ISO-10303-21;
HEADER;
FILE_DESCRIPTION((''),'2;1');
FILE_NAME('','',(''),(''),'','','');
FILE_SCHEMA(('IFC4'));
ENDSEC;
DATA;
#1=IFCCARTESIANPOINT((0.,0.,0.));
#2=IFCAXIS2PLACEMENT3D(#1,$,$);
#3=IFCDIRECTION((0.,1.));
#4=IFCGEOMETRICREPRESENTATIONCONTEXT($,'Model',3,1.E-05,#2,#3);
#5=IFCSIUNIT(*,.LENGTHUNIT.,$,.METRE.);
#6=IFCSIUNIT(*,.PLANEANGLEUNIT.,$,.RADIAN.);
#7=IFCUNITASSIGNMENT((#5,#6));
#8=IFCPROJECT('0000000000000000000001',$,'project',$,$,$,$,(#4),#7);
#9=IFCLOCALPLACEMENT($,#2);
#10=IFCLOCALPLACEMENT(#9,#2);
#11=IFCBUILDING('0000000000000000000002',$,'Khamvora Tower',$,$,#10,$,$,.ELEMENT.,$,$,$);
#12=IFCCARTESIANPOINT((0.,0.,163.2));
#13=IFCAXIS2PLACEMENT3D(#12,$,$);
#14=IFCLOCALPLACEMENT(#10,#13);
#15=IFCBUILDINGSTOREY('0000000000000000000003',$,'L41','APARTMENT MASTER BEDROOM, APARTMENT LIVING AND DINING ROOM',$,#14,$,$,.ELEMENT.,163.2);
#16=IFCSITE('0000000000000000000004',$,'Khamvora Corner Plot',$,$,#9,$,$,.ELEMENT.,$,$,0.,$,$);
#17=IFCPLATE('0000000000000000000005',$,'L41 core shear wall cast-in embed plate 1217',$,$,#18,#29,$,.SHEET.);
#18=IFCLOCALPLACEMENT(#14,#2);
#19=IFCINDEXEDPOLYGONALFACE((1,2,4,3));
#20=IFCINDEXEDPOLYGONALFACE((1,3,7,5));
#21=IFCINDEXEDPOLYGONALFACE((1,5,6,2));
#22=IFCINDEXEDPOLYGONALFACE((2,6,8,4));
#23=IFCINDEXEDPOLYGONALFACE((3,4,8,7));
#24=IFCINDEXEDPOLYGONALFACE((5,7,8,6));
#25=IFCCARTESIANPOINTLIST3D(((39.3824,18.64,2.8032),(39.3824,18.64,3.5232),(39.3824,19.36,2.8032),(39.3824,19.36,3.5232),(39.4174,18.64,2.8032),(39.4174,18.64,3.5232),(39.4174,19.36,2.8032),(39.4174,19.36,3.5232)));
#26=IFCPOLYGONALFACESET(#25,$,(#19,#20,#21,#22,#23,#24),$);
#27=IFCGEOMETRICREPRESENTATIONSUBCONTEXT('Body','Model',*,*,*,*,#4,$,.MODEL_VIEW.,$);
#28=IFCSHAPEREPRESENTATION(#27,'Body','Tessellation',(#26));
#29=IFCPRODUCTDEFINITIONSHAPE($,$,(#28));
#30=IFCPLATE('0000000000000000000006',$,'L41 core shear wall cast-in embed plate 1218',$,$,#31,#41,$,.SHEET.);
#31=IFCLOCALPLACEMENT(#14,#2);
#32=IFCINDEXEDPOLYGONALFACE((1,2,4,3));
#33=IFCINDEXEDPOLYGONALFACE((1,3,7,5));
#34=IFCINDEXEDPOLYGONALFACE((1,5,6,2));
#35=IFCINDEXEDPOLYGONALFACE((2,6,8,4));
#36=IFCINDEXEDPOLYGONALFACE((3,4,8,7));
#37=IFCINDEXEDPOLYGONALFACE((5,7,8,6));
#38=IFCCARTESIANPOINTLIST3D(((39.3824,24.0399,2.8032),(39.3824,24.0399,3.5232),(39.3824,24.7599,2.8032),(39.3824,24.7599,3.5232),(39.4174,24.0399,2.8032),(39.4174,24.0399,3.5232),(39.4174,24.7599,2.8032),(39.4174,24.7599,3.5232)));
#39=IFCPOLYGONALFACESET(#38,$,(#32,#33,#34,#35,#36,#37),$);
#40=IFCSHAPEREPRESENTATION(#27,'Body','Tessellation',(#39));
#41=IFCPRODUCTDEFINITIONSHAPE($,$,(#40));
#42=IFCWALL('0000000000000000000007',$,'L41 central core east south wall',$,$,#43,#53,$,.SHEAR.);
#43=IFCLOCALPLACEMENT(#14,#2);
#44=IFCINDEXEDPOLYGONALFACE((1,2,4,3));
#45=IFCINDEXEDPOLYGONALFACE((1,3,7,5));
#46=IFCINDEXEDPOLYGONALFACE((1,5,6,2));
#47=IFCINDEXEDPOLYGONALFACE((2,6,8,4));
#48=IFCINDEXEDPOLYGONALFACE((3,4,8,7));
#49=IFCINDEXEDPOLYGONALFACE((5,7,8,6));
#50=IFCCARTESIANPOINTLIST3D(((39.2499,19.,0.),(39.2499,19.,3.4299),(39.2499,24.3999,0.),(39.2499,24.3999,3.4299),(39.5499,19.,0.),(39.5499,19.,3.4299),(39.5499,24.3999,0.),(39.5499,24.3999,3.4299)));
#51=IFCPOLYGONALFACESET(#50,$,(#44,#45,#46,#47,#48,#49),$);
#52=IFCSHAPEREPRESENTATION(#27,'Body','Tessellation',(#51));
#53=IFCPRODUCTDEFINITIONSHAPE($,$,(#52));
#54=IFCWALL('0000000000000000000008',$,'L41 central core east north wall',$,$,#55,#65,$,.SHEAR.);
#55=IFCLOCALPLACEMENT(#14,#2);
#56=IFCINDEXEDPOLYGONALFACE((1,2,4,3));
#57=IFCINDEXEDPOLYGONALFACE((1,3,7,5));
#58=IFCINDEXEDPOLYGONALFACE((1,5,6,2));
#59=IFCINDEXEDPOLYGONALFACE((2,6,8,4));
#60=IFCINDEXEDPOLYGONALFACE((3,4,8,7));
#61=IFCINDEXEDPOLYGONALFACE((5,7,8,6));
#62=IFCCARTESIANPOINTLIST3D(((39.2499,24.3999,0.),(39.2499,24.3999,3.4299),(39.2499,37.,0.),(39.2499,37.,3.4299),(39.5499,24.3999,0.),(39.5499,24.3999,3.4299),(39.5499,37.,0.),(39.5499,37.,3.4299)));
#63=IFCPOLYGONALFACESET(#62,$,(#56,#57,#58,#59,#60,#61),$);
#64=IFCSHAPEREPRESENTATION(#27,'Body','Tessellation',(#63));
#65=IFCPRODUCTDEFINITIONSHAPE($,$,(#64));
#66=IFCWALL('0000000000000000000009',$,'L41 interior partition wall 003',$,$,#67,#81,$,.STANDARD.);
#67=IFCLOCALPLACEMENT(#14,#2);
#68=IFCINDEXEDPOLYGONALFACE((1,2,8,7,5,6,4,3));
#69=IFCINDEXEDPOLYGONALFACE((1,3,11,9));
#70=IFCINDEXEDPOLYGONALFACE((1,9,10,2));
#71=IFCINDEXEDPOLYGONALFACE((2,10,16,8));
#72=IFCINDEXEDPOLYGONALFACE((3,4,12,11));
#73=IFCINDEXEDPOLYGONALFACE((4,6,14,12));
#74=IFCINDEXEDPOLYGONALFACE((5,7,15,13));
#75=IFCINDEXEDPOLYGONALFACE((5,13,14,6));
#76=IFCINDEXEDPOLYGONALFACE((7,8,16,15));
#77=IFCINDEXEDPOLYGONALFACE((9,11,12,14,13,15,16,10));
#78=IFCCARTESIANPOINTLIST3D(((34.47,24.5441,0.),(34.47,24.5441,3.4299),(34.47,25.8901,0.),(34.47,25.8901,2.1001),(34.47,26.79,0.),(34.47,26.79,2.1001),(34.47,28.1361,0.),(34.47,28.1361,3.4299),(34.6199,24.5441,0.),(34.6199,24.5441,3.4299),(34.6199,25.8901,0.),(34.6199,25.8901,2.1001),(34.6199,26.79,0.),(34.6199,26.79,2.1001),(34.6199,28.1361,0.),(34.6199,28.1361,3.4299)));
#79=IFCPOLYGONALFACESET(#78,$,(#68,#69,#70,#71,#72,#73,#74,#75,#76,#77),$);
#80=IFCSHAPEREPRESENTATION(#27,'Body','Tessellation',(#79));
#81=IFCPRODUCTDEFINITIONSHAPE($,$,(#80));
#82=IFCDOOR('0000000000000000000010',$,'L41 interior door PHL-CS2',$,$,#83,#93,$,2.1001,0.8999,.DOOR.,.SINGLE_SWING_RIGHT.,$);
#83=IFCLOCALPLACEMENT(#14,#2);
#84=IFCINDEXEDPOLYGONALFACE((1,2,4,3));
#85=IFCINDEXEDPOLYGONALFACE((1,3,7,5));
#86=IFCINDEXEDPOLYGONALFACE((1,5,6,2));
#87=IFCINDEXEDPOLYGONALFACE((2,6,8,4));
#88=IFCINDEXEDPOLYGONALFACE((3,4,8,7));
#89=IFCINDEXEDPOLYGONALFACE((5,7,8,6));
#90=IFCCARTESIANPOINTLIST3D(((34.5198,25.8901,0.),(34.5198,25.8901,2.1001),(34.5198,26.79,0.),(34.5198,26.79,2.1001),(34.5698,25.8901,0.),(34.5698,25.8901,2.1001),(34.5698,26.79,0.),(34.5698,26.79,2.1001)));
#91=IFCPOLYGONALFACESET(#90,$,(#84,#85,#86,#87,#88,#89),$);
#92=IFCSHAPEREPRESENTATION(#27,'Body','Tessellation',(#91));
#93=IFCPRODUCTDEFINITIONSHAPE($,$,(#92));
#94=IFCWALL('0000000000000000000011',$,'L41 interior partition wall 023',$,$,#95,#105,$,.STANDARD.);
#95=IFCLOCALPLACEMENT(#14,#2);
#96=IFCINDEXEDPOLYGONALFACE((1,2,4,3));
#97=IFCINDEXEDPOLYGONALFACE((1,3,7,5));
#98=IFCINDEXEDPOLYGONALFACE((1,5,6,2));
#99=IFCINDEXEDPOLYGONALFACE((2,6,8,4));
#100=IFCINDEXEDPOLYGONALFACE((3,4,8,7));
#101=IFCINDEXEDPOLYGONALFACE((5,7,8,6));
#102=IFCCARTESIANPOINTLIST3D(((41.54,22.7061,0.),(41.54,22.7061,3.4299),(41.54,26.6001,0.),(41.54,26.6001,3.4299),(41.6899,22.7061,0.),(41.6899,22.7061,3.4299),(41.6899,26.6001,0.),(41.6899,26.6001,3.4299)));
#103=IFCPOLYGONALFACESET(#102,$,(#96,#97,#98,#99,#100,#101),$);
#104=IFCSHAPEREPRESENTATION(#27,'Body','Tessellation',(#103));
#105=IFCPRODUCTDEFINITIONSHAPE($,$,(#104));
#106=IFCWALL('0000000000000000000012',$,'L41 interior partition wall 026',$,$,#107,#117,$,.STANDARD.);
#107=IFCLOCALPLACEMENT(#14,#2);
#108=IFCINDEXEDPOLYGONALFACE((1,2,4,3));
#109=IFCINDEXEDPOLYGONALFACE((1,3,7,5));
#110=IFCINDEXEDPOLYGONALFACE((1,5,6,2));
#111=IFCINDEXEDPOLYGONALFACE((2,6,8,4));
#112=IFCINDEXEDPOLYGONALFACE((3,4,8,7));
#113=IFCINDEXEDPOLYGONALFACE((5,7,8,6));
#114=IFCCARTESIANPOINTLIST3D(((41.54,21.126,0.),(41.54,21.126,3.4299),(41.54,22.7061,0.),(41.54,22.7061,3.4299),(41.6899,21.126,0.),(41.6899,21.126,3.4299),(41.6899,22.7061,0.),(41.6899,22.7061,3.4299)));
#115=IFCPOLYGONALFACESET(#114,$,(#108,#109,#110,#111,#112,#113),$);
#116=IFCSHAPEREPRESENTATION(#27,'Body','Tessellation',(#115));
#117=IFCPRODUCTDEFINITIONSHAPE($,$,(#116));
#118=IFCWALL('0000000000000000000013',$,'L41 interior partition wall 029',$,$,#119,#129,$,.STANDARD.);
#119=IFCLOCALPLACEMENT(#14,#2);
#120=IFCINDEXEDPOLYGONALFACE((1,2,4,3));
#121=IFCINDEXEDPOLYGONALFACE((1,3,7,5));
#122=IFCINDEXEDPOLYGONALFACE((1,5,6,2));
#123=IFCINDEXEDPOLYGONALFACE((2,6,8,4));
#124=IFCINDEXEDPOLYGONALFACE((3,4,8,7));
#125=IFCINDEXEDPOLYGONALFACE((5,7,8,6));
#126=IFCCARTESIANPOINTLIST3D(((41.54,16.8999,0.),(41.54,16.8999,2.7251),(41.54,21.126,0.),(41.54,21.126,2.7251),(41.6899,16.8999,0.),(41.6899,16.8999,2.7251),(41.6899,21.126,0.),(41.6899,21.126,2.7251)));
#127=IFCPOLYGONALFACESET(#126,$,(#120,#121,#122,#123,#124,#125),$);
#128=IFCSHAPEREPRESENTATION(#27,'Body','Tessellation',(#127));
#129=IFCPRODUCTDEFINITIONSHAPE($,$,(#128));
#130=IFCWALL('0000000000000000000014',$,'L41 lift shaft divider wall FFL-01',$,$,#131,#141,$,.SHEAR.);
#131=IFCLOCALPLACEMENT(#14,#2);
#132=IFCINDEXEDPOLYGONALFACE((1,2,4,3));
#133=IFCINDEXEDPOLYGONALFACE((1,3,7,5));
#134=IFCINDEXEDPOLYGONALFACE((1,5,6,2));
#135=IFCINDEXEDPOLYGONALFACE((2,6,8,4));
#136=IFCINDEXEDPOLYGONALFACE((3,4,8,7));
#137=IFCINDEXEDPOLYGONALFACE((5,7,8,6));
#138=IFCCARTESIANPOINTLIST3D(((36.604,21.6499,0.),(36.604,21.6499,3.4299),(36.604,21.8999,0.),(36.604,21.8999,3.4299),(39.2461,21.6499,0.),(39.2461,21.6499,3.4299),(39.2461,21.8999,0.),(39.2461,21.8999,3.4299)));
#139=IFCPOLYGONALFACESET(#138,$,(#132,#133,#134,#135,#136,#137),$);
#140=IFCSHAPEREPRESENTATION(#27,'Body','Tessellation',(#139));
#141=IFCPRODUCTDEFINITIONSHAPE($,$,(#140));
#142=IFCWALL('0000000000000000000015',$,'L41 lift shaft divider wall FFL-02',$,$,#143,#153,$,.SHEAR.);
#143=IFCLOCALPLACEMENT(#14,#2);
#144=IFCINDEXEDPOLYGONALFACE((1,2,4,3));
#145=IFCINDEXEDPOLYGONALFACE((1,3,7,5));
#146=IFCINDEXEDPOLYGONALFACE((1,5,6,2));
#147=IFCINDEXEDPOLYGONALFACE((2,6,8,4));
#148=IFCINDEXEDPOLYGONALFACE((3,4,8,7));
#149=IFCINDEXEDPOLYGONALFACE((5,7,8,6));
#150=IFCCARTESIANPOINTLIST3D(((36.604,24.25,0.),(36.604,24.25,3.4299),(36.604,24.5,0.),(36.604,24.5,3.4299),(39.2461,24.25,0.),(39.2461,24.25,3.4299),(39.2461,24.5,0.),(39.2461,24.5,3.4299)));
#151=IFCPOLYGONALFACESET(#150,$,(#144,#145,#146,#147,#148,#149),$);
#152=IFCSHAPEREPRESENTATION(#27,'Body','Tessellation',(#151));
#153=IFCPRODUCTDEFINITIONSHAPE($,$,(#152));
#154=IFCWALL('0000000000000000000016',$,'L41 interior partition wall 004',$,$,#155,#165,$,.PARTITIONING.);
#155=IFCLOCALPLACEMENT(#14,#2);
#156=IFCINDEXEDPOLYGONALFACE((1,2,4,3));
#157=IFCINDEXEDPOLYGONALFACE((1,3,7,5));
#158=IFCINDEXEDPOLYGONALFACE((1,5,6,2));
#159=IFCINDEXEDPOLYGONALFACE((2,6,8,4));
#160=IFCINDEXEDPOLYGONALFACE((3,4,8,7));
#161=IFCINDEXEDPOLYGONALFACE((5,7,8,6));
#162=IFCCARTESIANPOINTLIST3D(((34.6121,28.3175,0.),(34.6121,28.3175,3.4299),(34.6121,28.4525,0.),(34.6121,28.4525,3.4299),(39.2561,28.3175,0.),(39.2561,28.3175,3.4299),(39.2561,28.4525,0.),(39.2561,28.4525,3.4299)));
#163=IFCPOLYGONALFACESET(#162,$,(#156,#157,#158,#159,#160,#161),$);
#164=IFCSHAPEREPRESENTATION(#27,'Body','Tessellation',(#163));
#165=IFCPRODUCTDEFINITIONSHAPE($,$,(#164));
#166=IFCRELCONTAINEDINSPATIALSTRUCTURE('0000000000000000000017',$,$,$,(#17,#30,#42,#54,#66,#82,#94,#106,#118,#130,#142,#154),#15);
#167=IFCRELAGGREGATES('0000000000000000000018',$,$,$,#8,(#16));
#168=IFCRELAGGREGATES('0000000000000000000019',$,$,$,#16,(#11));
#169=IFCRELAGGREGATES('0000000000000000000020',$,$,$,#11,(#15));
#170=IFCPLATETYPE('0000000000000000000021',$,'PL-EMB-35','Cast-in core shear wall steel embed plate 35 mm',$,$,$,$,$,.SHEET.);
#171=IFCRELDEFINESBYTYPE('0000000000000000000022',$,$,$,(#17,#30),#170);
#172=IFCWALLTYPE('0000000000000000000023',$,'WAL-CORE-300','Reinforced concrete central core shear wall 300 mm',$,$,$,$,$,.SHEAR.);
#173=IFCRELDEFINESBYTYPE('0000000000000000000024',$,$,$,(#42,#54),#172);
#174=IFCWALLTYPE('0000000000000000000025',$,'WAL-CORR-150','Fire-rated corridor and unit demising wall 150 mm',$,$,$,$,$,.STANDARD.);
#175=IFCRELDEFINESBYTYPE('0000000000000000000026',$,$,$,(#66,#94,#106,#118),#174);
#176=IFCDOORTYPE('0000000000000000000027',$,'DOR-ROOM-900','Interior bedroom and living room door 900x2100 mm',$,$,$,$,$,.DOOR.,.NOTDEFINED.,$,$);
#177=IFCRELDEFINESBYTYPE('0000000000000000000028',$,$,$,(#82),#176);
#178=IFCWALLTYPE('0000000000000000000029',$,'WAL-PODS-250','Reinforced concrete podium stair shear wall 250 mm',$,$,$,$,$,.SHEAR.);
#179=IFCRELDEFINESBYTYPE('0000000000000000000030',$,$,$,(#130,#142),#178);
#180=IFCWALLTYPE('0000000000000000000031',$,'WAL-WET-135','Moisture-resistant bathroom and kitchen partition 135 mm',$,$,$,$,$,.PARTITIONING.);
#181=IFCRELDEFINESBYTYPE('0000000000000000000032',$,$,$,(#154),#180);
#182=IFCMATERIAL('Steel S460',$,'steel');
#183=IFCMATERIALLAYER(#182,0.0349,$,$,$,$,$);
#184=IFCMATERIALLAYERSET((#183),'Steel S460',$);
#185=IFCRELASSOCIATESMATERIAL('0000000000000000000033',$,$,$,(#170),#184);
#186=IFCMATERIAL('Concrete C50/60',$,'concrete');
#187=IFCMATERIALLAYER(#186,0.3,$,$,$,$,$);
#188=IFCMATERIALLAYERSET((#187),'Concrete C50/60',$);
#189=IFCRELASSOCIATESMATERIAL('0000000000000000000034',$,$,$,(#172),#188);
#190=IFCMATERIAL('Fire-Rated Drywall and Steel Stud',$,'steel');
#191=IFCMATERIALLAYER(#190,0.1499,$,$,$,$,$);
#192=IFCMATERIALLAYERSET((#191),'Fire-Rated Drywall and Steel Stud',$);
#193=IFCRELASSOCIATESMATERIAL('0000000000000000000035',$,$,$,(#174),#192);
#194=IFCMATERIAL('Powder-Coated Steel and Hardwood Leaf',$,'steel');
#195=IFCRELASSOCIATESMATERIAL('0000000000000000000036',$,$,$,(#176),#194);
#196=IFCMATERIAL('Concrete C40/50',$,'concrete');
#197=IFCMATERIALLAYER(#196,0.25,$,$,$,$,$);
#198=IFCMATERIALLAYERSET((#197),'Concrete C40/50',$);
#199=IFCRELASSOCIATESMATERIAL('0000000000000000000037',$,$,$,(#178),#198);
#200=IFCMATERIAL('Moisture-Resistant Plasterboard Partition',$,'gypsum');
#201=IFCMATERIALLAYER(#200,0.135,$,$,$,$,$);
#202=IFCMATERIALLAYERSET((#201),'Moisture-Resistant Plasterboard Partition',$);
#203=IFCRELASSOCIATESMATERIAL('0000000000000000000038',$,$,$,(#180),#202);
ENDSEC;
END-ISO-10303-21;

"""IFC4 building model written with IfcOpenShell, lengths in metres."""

from ifc_helpers import new_model, si_unit, direction, frame, frame_2d, origin, origin_2d, place, context, subcontext, project, spatial, rectangle, extrude, material, layer, layer_set, type_object, element, fill, save


model = new_model("IFC4")

# Units and contexts
model_context = context("Model", 3, precision=1e-05, world=origin(), true_north=direction((0.0, 1.0)))
body_context = subcontext(model_context, "Body", "Model", "MODEL_VIEW")
ifc_project = project(units=[si_unit("LENGTHUNIT", "METRE"), si_unit("PLANEANGLEUNIT", "RADIAN")], contexts=[model_context])

# Site, building, storey
site_placement = place(None, origin())
site = spatial("IfcSite", under=ifc_project, at=site_placement, Name="Khamvora Corner Plot", CompositionType="ELEMENT", RefElevation=0.0)
building_placement = place(site_placement, origin())
building = spatial("IfcBuilding", under=site, at=building_placement, Name="Khamvora Tower", CompositionType="ELEMENT")
storey_placement = place(building_placement, frame((0.0, 0.0, 163.2)))
storey = spatial("IfcBuildingStorey", under=building, at=storey_placement, Name="L41", Description="APARTMENT MASTER BEDROOM, APARTMENT LIVING AND DINING ROOM", CompositionType="ELEMENT", Elevation=163.2)

# Shared definitions
ifc_material_1 = material(Name="Steel S460", Category="steel")

# Plates
ifc_layer_1 = layer(ifc_material_1, 0.0349)
ifc_layer_set_1 = layer_set([ifc_layer_1], Name="Steel S460")
plate_type = type_object("IfcPlateType", Name="PL-EMB-35", Description="Cast-in core shear wall steel embed plate 35 mm", PredefinedType="SHEET", material=ifc_layer_set_1)
for number, where, z_axis, x_axis, name in (
    (1, (39.3999, 19.0, 2.8032), (0.0, 0.0, 1.0), (1.0, 0.0, 0.0), "L41 core shear wall cast-in embed plate 1217"),
    (2, (39.3999, 24.3999, 2.8032), (0.0, 0.0, 1.0), (1.0, 0.0, 0.0), "L41 core shear wall cast-in embed plate 1218"),
):
    element("IfcPlate", number, at=place(storey_placement, frame(where, z_axis=z_axis, x_axis=x_axis)), inside=storey, type_object=plate_type, Name=name, PredefinedType="SHEET", context=body_context, shape_type="SweptSolid", body=[
        extrude(rectangle(XDim=0.0349, YDim=0.72, at=origin_2d()), origin(), (0.0, 0.0, 1.0), 0.72),
    ])

# Walls
ifc_material_2 = material(Name="Concrete C50/60", Category="concrete")
ifc_layer_2 = layer(ifc_material_2, 0.3)
ifc_layer_set_2 = layer_set([ifc_layer_2], Name="Concrete C50/60")
wall_type_1 = type_object("IfcWallType", Name="WAL-CORE-300", Description="Reinforced concrete central core shear wall 300 mm", PredefinedType="SHEAR", material=ifc_layer_set_2)
wall_1_placement = place(storey_placement, frame((39.3999, 19.0, 0.0), z_axis=(0.0, 0.0, 1.0), x_axis=(0.0, 1.0, 0.0)))
element("IfcWall", 3, at=wall_1_placement, inside=storey, type_object=wall_type_1, Name="L41 central core east south wall", PredefinedType="SHEAR", context=body_context, shape_type="SweptSolid", body=[
    extrude(rectangle(XDim=5.3999, YDim=0.3, at=frame_2d((2.7, 0.0))), origin(), (0.0, 0.0, 1.0), 3.4299),
])
wall_2_placement = place(storey_placement, frame((39.3999, 24.3999, 0.0), z_axis=(0.0, 0.0, 1.0), x_axis=(0.0, 1.0, 0.0)))
element("IfcWall", 4, at=wall_2_placement, inside=storey, type_object=wall_type_1, Name="L41 central core east north wall", PredefinedType="SHEAR", context=body_context, shape_type="SweptSolid", body=[
    extrude(rectangle(XDim=12.6001, YDim=0.3, at=frame_2d((6.3, 0.0))), origin(), (0.0, 0.0, 1.0), 3.4299),
])

# Shared definitions
ifc_material_3 = material(Name="Powder-Coated Steel and Hardwood Leaf", Category="steel")

# Wall, opening, door
ifc_material_4 = material(Name="Fire-Rated Drywall and Steel Stud", Category="steel")
ifc_layer_3 = layer(ifc_material_4, 0.1499)
ifc_layer_set_3 = layer_set([ifc_layer_3], Name="Fire-Rated Drywall and Steel Stud")
wall_type_2 = type_object("IfcWallType", Name="WAL-CORR-150", Description="Fire-rated corridor and unit demising wall 150 mm", PredefinedType="STANDARD", material=ifc_layer_set_3)
wall_3_placement = place(storey_placement, frame((34.5449, 28.136, 0.0), z_axis=(0.0, 0.0, 1.0), x_axis=(0.0, -1.0, 0.0)))
wall_3 = element("IfcWall", 5, at=wall_3_placement, inside=storey, type_object=wall_type_2, Name="L41 interior partition wall 003", PredefinedType="STANDARD", context=body_context, shape_type="SweptSolid", body=[
    extrude(rectangle(XDim=3.592, YDim=0.1499, at=frame_2d((1.7959, 0.0))), origin(), (0.0, 0.0, 1.0), 3.4299),
])
opening_1_placement = place(wall_3_placement, frame((1.3459, 0.0, 0.0)))
opening_1 = element("IfcOpeningElement", 6, at=opening_1_placement, cuts=wall_3, PredefinedType="OPENING", context=body_context, shape_type="SweptSolid", body=[
    extrude(rectangle(XDim=0.8999, YDim=2.1001, at=frame_2d((0.45, 1.05))), frame((0.0, 0.085, 0.0), z_axis=(0.0, -1.0, 0.0), x_axis=(1.0, 0.0, 0.0)), (0.0, 0.0, 1.0), 0.1699),
])
door_type_1 = type_object("IfcDoorType", Name="DOR-ROOM-900", Description="Interior bedroom and living room door 900x2100 mm", OperationType="NOTDEFINED", PredefinedType="DOOR", material=ifc_material_3)
door_1_placement = place(opening_1_placement, origin())
door_1 = element("IfcDoor", 7, at=door_1_placement, inside=storey, type_object=door_type_1, Name="L41 interior door PHL-CS2", OperationType="SINGLE_SWING_RIGHT", OverallHeight=2.1001, OverallWidth=0.8999, PredefinedType="DOOR", context=body_context, shape_type="SweptSolid", body=[
    extrude(rectangle(XDim=0.8999, YDim=2.1001, at=frame_2d((0.45, 1.05))), frame((0.0, 0.0249, 0.0), z_axis=(0.0, -1.0, 0.0), x_axis=(1.0, 0.0, 0.0)), (0.0, 0.0, 1.0), 0.05),
])
fill(opening_1, door_1)

# Walls
wall_4_placement = place(storey_placement, frame((41.615, 26.6001, 0.0), z_axis=(0.0, 0.0, 1.0), x_axis=(0.0, -1.0, 0.0)))
element("IfcWall", 8, at=wall_4_placement, inside=storey, type_object=wall_type_2, Name="L41 interior partition wall 023", PredefinedType="STANDARD", context=body_context, shape_type="SweptSolid", body=[
    extrude(rectangle(XDim=3.894, YDim=0.1499, at=frame_2d((1.947, 0.0))), origin(), (0.0, 0.0, 1.0), 3.4299),
])
wall_5_placement = place(storey_placement, frame((41.615, 22.7061, 0.0), z_axis=(0.0, 0.0, 1.0), x_axis=(0.0, -1.0, 0.0)))
element("IfcWall", 9, at=wall_5_placement, inside=storey, type_object=wall_type_2, Name="L41 interior partition wall 026", PredefinedType="STANDARD", context=body_context, shape_type="SweptSolid", body=[
    extrude(rectangle(XDim=1.5801, YDim=0.1499, at=frame_2d((0.79, 0.0))), origin(), (0.0, 0.0, 1.0), 3.4299),
])
wall_6_placement = place(storey_placement, frame((41.615, 21.126, 0.0), z_axis=(0.0, 0.0, 1.0), x_axis=(0.0, -1.0, 0.0)))
element("IfcWall", 10, at=wall_6_placement, inside=storey, type_object=wall_type_2, Name="L41 interior partition wall 029", PredefinedType="STANDARD", context=body_context, shape_type="SweptSolid", body=[
    extrude(rectangle(XDim=4.2261, YDim=0.1499, at=frame_2d((2.113, 0.0))), origin(), (0.0, 0.0, 1.0), 2.7251),
])
ifc_material_5 = material(Name="Concrete C40/50", Category="concrete")
ifc_layer_4 = layer(ifc_material_5, 0.25)
ifc_layer_set_4 = layer_set([ifc_layer_4], Name="Concrete C40/50")
wall_type_3 = type_object("IfcWallType", Name="WAL-PODS-250", Description="Reinforced concrete podium stair shear wall 250 mm", PredefinedType="SHEAR", material=ifc_layer_set_4)
for number, where, z_axis, x_axis, name in (
    (11, (36.604, 21.7749, 0.0), (0.0, 0.0, 1.0), (1.0, 0.0, 0.0), "L41 lift shaft divider wall FFL-01"),
    (12, (36.604, 24.375, 0.0), (0.0, 0.0, 1.0), (1.0, 0.0, 0.0), "L41 lift shaft divider wall FFL-02"),
):
    element("IfcWall", number, at=place(storey_placement, frame(where, z_axis=z_axis, x_axis=x_axis)), inside=storey, type_object=wall_type_3, Name=name, PredefinedType="SHEAR", context=body_context, shape_type="SweptSolid", body=[
        extrude(rectangle(XDim=2.6421, YDim=0.25, at=frame_2d((1.321, 0.0))), origin(), (0.0, 0.0, 1.0), 3.4299),
    ])
ifc_material_6 = material(Name="Moisture-Resistant Plasterboard Partition", Category="gypsum")
ifc_layer_5 = layer(ifc_material_6, 0.135)
ifc_layer_set_5 = layer_set([ifc_layer_5], Name="Moisture-Resistant Plasterboard Partition")
wall_type_4 = type_object("IfcWallType", Name="WAL-WET-135", Description="Moisture-resistant bathroom and kitchen partition 135 mm", PredefinedType="PARTITIONING", material=ifc_layer_set_5)
wall_7_placement = place(storey_placement, frame((39.2561, 28.385, 0.0), z_axis=(0.0, 0.0, 1.0), x_axis=(-1.0, 0.0, 0.0)))
element("IfcWall", 13, at=wall_7_placement, inside=storey, type_object=wall_type_4, Name="L41 interior partition wall 004", PredefinedType="PARTITIONING", context=body_context, shape_type="SweptSolid", body=[
    extrude(rectangle(XDim=4.644, YDim=0.135, at=frame_2d((2.322, 0.0))), origin(), (0.0, 0.0, 1.0), 3.4299),
])

save(model, "model.ifc")
